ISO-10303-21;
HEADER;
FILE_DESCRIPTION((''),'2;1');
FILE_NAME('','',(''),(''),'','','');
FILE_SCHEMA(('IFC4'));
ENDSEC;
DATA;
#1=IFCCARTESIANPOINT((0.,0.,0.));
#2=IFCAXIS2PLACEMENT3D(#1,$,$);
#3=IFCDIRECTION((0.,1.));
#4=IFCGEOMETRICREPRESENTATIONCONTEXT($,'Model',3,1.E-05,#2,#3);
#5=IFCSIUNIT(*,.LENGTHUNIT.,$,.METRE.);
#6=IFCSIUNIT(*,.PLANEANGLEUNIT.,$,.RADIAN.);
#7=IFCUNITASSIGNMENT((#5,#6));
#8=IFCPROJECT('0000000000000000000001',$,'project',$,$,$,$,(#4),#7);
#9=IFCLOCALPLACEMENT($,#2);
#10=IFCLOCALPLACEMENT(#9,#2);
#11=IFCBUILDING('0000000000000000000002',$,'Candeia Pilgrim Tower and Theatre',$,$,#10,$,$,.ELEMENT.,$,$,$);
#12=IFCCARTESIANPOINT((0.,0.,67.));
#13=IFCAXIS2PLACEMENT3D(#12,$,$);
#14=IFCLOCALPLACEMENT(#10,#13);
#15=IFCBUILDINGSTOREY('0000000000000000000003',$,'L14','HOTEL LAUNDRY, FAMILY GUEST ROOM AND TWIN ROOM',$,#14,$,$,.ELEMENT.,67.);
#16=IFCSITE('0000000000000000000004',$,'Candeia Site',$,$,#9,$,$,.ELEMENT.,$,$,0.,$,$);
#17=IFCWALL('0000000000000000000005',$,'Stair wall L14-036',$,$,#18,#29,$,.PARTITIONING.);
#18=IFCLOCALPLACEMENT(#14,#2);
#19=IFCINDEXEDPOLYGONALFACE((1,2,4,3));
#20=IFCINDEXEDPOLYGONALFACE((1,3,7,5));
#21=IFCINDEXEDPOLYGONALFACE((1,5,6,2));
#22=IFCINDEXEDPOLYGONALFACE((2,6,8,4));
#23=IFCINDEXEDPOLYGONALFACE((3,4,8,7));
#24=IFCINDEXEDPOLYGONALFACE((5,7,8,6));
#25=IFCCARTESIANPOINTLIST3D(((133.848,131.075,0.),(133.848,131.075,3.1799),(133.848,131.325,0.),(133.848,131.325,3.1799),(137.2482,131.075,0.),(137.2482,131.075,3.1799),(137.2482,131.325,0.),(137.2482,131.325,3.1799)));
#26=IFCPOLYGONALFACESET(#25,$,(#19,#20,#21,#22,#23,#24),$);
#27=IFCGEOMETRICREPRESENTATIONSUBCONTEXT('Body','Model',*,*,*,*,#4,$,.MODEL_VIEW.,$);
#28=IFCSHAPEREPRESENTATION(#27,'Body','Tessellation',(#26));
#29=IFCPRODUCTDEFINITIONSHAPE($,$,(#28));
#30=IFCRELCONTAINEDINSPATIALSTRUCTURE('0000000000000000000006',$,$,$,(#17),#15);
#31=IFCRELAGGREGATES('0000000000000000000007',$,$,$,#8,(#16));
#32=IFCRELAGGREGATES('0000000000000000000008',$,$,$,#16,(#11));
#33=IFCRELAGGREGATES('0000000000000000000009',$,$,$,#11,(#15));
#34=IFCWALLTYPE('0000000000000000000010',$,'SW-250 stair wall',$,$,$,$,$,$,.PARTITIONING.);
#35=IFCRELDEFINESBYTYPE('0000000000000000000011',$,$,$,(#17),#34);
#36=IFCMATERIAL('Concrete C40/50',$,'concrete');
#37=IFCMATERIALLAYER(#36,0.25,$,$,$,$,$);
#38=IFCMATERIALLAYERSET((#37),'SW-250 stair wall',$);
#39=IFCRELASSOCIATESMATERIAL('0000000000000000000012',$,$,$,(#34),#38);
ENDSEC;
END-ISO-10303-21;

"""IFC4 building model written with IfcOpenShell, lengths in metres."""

from ifc_helpers import new_model, si_unit, direction, frame, frame_2d, origin, place, context, subcontext, project, spatial, rectangle, extrude, material, layer, layer_set, type_object, element, save


model = new_model("IFC4")

# Units and contexts
model_context = context("Model", 3, precision=1e-05, world=origin(), true_north=direction((0.0, 1.0)))
body_context = subcontext(model_context, "Body", "Model", "MODEL_VIEW")
ifc_project = project(units=[si_unit("LENGTHUNIT", "METRE"), si_unit("PLANEANGLEUNIT", "RADIAN")], contexts=[model_context])

# Site, building, storey
site_placement = place(None, origin())
site = spatial("IfcSite", under=ifc_project, at=site_placement, Name="Candeia Site", CompositionType="ELEMENT", RefElevation=0.0)
building_placement = place(site_placement, origin())
building = spatial("IfcBuilding", under=site, at=building_placement, Name="Candeia Pilgrim Tower and Theatre", CompositionType="ELEMENT")
storey_placement = place(building_placement, frame((0.0, 0.0, 67.0)))
storey = spatial("IfcBuildingStorey", under=building, at=storey_placement, Name="L14", Description="HOTEL LAUNDRY, FAMILY GUEST ROOM AND TWIN ROOM", CompositionType="ELEMENT", Elevation=67.0)

# Shared definitions
ifc_material_1 = material(Name="Concrete C40/50", Category="concrete")

# Wall
ifc_layer_1 = layer(ifc_material_1, 0.25)
ifc_layer_set_1 = layer_set([ifc_layer_1], Name="SW-250 stair wall")
wall_type_1 = type_object("IfcWallType", Name="SW-250 stair wall", PredefinedType="PARTITIONING", material=ifc_layer_set_1)
for number, where, z_axis, x_axis, name in (
    (1, (133.8479, 131.2, 0.0), (0.0, 0.0, 1.0), (1.0, 0.0, 0.0), "Stair wall L14-036"),
):
    element("IfcWall", number, at=place(storey_placement, frame(where, z_axis=z_axis, x_axis=x_axis)), inside=storey, type_object=wall_type_1, Name=name, PredefinedType="PARTITIONING", context=body_context, shape_type="SweptSolid", body=[
        extrude(rectangle(XDim=3.4001, YDim=0.25, at=frame_2d((1.7002, 0.0))), origin(), (0.0, 0.0, 1.0), 3.1799),
    ])

save(model, "model.ifc")
